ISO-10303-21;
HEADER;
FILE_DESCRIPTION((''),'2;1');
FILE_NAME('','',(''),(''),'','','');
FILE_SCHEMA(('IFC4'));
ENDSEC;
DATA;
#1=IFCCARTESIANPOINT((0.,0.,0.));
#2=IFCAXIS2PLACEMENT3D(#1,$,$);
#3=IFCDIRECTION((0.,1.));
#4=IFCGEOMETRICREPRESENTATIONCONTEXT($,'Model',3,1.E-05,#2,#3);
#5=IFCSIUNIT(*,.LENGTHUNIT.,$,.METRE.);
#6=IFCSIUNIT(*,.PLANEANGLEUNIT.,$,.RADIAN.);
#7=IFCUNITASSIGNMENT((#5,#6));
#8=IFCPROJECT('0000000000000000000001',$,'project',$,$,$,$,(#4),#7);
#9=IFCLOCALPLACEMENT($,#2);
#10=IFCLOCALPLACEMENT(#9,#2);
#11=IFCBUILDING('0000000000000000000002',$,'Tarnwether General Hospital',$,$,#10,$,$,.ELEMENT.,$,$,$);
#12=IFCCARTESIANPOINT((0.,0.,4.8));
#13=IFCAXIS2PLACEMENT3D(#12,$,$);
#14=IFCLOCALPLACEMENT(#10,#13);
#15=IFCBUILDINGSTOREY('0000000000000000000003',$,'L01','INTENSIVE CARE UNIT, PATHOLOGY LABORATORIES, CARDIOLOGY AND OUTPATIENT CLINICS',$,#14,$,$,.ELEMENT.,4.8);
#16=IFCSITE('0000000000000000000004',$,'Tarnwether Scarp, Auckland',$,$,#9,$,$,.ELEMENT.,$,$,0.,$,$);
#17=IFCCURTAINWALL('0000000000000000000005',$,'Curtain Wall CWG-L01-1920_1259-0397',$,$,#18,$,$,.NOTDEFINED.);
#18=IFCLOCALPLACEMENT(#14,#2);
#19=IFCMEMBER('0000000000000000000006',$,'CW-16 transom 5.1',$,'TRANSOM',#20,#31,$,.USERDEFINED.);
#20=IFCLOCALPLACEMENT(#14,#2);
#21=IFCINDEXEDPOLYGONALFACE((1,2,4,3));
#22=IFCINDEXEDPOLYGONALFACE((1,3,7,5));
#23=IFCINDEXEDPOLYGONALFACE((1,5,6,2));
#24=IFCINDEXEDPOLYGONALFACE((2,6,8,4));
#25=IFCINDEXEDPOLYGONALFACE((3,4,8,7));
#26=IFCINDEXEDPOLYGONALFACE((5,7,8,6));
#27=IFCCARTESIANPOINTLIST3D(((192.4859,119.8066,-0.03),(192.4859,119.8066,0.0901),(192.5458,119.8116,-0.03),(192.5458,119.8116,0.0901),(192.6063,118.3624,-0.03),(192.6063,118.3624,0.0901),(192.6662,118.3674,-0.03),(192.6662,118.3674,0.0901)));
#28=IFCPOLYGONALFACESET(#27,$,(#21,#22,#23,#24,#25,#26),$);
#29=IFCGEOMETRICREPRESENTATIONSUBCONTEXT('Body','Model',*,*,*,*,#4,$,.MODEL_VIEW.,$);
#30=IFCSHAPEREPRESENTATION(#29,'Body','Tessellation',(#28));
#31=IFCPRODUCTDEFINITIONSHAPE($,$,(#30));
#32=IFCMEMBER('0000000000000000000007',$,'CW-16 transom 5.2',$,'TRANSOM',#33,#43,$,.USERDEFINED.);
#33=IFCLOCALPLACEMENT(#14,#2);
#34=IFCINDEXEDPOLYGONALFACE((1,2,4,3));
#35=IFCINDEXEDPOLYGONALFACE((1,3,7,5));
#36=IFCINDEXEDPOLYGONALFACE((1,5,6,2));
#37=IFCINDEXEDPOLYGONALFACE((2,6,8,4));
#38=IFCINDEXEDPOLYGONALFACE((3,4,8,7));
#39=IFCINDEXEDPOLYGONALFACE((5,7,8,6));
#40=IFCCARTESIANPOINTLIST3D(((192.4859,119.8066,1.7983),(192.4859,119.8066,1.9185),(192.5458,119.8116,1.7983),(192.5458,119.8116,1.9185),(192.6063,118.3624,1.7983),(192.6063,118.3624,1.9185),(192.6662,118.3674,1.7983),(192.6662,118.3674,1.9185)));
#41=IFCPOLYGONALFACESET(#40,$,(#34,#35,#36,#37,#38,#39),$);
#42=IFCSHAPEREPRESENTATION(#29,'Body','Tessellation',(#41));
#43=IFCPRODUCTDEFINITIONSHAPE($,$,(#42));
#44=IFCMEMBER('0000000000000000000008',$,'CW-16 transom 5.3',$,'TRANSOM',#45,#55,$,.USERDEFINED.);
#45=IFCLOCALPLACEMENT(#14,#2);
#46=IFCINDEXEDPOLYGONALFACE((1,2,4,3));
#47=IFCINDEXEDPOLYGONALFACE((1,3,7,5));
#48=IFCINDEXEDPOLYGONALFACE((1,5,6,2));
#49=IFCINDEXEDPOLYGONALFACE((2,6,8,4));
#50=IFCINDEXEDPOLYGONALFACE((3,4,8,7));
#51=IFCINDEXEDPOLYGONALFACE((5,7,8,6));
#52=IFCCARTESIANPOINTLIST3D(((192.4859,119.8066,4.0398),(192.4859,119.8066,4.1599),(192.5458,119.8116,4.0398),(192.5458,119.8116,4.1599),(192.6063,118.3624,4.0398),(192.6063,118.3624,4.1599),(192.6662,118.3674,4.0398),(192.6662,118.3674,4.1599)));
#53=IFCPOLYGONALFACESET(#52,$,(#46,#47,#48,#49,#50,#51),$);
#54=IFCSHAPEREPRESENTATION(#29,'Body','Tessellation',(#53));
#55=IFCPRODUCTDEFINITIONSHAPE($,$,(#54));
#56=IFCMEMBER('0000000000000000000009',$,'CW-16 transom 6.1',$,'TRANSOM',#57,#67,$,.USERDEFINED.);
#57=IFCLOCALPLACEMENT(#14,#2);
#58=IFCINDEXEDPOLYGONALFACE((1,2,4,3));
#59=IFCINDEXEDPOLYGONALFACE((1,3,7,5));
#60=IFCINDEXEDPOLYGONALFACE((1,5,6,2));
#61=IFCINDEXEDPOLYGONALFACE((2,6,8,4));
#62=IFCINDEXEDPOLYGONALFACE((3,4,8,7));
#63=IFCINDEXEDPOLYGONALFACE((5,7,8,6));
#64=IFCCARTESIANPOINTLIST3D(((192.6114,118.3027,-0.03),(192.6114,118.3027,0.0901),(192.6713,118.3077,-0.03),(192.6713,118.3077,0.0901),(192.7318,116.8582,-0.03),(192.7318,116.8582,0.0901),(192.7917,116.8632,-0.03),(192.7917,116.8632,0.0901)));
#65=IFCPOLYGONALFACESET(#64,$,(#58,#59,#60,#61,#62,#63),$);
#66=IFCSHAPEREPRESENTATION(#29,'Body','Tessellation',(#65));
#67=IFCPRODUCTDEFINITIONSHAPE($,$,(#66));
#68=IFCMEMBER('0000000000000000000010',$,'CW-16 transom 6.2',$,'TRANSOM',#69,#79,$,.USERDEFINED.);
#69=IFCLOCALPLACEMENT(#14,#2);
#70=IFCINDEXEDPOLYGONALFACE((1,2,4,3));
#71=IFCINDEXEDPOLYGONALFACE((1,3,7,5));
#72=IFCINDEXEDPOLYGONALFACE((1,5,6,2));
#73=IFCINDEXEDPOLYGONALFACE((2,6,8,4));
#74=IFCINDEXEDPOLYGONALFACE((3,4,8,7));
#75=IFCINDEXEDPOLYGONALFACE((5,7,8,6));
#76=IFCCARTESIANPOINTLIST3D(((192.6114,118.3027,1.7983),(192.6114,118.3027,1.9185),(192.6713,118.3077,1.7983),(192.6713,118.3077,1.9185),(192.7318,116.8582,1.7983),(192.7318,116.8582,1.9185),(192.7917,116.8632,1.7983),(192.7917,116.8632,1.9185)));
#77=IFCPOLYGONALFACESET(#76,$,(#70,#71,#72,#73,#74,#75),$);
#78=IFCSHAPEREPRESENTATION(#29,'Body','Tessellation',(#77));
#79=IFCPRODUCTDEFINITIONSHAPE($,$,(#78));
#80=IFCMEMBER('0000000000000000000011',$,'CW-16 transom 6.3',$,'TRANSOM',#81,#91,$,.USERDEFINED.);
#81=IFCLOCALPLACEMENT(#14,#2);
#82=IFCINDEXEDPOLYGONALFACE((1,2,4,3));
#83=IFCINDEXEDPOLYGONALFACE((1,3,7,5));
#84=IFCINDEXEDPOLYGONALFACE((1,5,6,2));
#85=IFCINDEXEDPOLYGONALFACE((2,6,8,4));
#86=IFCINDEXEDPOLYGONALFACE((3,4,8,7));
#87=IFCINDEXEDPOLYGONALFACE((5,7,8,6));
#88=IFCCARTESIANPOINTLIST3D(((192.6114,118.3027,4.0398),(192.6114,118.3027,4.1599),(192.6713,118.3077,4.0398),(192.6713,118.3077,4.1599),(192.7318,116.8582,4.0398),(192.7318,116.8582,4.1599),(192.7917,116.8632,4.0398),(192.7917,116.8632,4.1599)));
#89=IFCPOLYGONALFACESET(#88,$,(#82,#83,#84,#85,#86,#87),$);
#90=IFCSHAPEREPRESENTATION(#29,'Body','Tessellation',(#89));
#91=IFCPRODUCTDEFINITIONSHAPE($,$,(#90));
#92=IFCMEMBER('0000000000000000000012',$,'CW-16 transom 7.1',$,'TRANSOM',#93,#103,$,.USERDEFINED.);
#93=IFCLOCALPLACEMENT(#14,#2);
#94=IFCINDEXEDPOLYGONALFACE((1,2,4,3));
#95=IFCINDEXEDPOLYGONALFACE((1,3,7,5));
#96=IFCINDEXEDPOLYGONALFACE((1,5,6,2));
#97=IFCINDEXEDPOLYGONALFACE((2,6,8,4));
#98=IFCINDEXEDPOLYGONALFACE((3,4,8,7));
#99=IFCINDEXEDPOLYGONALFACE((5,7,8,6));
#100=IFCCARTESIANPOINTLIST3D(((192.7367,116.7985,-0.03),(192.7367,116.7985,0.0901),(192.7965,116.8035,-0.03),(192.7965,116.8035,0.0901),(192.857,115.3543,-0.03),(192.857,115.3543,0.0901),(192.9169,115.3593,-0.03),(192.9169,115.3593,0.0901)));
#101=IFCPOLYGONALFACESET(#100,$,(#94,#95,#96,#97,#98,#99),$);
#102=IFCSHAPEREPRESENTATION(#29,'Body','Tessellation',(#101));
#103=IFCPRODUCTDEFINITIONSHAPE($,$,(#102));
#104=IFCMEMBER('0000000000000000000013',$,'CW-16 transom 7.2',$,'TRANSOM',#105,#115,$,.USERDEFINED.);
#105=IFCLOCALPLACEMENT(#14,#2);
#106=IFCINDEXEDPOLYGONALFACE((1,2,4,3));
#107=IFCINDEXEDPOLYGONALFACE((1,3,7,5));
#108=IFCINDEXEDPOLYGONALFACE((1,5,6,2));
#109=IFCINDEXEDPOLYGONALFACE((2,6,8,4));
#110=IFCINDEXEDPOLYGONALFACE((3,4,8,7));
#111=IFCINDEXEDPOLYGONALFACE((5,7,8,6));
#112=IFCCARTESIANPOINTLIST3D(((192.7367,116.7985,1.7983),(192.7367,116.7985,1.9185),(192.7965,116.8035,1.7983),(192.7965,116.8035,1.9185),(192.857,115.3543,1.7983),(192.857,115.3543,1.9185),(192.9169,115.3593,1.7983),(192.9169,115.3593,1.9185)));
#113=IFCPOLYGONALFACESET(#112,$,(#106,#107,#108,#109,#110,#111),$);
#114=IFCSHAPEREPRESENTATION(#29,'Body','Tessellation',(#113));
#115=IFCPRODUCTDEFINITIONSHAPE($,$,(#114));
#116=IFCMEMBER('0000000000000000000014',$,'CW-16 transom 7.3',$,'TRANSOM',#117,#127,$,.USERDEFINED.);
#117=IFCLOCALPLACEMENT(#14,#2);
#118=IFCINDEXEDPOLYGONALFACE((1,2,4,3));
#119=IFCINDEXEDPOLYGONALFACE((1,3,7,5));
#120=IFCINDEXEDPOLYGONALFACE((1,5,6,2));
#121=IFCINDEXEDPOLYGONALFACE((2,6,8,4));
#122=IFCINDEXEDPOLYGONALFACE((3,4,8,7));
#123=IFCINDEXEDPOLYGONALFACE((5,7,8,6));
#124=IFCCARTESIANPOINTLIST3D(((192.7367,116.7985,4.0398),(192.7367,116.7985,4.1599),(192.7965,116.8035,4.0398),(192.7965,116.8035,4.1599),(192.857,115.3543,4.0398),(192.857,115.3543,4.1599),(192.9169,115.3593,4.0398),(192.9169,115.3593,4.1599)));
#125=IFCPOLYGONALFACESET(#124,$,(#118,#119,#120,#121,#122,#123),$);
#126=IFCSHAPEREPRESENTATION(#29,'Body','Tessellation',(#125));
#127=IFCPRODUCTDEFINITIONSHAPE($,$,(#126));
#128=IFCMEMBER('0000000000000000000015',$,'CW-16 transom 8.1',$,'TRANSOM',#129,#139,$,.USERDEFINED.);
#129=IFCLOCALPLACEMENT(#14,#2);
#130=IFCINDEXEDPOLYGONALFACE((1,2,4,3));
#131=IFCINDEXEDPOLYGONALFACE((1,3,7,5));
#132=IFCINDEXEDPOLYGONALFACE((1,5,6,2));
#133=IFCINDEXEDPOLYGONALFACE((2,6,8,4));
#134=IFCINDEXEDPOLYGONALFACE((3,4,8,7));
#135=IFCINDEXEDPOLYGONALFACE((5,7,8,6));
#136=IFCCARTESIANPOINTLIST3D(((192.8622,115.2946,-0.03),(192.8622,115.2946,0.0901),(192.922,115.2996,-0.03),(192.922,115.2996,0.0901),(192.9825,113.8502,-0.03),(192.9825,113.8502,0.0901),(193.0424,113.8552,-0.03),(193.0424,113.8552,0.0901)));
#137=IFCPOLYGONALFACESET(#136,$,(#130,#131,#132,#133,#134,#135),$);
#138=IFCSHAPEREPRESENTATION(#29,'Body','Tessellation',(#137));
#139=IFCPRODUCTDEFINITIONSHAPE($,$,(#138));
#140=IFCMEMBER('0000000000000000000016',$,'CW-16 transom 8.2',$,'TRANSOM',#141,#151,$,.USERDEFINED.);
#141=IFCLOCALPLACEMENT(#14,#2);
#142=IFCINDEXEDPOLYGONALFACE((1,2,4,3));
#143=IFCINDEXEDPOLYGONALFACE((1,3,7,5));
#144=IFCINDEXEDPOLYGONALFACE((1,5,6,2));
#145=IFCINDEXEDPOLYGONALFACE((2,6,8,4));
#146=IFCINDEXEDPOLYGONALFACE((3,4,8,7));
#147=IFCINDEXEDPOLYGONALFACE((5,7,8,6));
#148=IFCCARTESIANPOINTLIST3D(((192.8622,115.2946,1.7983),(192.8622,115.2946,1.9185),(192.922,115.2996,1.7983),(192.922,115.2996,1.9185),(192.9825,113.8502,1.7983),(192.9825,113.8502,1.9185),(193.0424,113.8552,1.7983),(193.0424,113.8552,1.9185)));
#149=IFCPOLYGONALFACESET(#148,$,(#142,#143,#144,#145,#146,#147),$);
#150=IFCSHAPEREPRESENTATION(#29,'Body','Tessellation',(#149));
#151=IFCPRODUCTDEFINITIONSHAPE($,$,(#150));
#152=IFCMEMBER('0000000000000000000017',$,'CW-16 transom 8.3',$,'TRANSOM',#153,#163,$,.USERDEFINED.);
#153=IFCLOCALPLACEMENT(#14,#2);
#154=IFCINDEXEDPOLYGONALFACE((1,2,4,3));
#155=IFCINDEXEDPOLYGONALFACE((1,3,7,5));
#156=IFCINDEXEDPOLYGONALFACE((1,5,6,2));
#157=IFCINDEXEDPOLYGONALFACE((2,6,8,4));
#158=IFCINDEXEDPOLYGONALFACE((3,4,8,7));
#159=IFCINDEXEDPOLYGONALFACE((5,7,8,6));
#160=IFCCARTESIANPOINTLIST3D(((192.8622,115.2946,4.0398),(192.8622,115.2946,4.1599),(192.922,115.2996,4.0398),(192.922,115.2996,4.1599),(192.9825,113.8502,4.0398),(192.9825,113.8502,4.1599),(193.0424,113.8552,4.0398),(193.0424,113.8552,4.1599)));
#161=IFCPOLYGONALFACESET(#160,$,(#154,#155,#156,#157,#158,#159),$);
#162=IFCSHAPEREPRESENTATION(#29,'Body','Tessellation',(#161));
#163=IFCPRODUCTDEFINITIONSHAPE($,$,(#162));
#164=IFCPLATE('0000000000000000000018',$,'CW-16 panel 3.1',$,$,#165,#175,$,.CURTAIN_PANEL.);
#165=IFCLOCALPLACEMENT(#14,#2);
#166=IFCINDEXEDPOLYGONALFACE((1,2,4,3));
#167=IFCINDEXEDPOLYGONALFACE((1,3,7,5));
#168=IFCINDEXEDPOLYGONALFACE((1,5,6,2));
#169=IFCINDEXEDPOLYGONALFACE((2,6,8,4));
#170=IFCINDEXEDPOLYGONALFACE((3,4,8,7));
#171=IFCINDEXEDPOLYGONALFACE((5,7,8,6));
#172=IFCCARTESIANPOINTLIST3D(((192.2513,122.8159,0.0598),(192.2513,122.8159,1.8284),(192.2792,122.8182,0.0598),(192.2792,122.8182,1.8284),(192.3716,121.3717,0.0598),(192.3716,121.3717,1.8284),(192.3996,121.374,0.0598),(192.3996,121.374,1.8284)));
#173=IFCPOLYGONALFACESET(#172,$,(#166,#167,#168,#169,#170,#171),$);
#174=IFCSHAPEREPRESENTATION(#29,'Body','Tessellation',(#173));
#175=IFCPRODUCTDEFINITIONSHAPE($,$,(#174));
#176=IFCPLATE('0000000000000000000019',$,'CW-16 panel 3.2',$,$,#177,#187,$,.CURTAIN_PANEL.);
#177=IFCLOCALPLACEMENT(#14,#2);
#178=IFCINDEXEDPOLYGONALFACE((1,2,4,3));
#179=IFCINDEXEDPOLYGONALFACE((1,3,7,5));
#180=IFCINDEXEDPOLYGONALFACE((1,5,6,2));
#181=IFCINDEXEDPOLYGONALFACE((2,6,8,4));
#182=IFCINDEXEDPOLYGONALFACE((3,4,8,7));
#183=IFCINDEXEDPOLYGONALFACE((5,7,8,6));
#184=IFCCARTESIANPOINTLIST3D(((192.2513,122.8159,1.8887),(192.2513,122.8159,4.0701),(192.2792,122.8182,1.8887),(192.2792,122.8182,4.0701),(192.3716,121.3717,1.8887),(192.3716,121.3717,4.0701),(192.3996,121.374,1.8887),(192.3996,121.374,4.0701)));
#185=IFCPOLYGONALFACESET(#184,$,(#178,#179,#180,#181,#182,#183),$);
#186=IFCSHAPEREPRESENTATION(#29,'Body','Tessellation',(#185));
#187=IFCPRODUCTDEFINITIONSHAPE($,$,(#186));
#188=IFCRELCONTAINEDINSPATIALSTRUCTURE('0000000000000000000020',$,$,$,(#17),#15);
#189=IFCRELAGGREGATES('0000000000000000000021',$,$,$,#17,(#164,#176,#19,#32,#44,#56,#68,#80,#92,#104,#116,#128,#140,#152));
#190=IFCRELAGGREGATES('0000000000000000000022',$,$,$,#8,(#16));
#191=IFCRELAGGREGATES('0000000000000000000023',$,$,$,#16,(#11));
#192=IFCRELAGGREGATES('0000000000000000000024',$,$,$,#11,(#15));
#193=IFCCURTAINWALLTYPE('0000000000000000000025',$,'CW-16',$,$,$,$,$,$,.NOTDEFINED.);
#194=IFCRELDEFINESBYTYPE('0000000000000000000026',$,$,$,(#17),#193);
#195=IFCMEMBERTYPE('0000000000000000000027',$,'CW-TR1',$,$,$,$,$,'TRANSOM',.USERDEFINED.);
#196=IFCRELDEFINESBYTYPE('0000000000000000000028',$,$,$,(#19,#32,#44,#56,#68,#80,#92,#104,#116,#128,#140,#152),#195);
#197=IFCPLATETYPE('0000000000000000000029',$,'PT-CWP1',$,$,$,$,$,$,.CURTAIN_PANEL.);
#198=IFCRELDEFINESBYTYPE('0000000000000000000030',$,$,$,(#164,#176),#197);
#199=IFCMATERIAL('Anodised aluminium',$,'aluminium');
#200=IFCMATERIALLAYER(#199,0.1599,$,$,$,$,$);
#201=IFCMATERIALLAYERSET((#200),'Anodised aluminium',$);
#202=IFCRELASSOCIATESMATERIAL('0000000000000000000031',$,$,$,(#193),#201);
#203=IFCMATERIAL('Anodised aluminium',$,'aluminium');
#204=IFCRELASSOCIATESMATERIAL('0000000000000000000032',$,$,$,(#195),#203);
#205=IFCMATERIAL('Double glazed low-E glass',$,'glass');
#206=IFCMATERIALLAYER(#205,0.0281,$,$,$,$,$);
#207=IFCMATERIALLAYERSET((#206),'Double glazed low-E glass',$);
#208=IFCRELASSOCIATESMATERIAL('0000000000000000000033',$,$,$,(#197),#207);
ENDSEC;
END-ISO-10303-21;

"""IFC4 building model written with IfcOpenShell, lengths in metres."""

from ifc_helpers import new_model, si_unit, direction, frame, origin, origin_2d, place, context, subcontext, project, spatial, rectangle, extrude, material, layer, layer_set, material_profile, profile_set, type_object, element, aggregate, save


model = new_model("IFC4")

# Units and contexts
model_context = context("Model", 3, precision=1e-05, world=origin(), true_north=direction((0.0, 1.0)))
body_context = subcontext(model_context, "Body", "Model", "MODEL_VIEW")
ifc_project = project(units=[si_unit("LENGTHUNIT", "METRE"), si_unit("PLANEANGLEUNIT", "RADIAN")], contexts=[model_context])

# Site, building, storey
site_placement = place(None, origin())
site = spatial("IfcSite", under=ifc_project, at=site_placement, Name="Tarnwether Scarp, Auckland", CompositionType="ELEMENT", RefElevation=0.0)
building_placement = place(site_placement, origin())
building = spatial("IfcBuilding", under=site, at=building_placement, Name="Tarnwether General Hospital", CompositionType="ELEMENT")
storey_placement = place(building_placement, frame((0.0, 0.0, 4.8)))
storey = spatial("IfcBuildingStorey", under=building, at=storey_placement, Name="L01", Description="INTENSIVE CARE UNIT, PATHOLOGY LABORATORIES, CARDIOLOGY AND OUTPATIENT CLINICS", CompositionType="ELEMENT", Elevation=4.8)

# Curtain wall, members, plates
ifc_material_1 = material(Name="Anodised aluminium", Category="aluminium")
ifc_layer_1 = layer(ifc_material_1, 0.1599)
ifc_layer_set_1 = layer_set([ifc_layer_1], Name="Anodised aluminium")
curtain_wall_type = type_object("IfcCurtainWallType", Name="CW-16", PredefinedType="NOTDEFINED", material=ifc_layer_set_1)
curtain_wall_placement = place(storey_placement, origin())
curtain_wall = element("IfcCurtainWall", 1, at=curtain_wall_placement, inside=storey, type_object=curtain_wall_type, Name="Curtain Wall CWG-L01-1920_1259-0397", PredefinedType="NOTDEFINED")
ifc_material_2 = material(Name="Anodised aluminium", Category="aluminium")
ifc_material_profile_1 = material_profile(ifc_material_2, rectangle(XDim=0.0601, YDim=0.1201, at=origin_2d()), Name="ALU-TRN-60x120")
ifc_profile_set_1 = profile_set([ifc_material_profile_1], Name="Anodised aluminium")
member_type_1 = type_object("IfcMemberType", Name="CW-TR1", ElementType="TRANSOM", PredefinedType="USERDEFINED", material=ifc_profile_set_1)
member_1_placement = place(storey_placement, frame((192.5159, 119.8091, 0.03), z_axis=(0.083059, -0.996545, 0.0), x_axis=(0.996545, 0.083059, 0.0)))
member_1 = element("IfcMember", 2, at=member_1_placement, type_object=member_type_1, Name="CW-16 transom 5.1", ObjectType="TRANSOM", PredefinedType="USERDEFINED", context=body_context, shape_type="SweptSolid", body=[
    extrude(rectangle(XDim=0.0601, YDim=0.1201, at=origin_2d()), origin(), (0.0, 0.0, 1.0), 1.4492),
])
member_2_placement = place(storey_placement, frame((192.5159, 119.8091, 1.8584), z_axis=(0.083059, -0.996545, 0.0), x_axis=(0.996545, 0.083059, 0.0)))
member_2 = element("IfcMember", 3, at=member_2_placement, type_object=member_type_1, Name="CW-16 transom 5.2", ObjectType="TRANSOM", PredefinedType="USERDEFINED", context=body_context, shape_type="SweptSolid", body=[
    extrude(rectangle(XDim=0.0601, YDim=0.1201, at=origin_2d()), origin(), (0.0, 0.0, 1.0), 1.4492),
])
member_3_placement = place(storey_placement, frame((192.5159, 119.8091, 4.0999), z_axis=(0.083059, -0.996545, 0.0), x_axis=(0.996545, 0.083059, 0.0)))
member_3 = element("IfcMember", 4, at=member_3_placement, type_object=member_type_1, Name="CW-16 transom 5.3", ObjectType="TRANSOM", PredefinedType="USERDEFINED", context=body_context, shape_type="SweptSolid", body=[
    extrude(rectangle(XDim=0.0601, YDim=0.1201, at=origin_2d()), origin(), (0.0, 0.0, 1.0), 1.4492),
])
member_4_placement = place(storey_placement, frame((192.6414, 118.3052, 0.03), z_axis=(0.083045, -0.996546, 0.0), x_axis=(0.996546, 0.083045, 0.0)))
member_4 = element("IfcMember", 5, at=member_4_placement, type_object=member_type_1, Name="CW-16 transom 6.1", ObjectType="TRANSOM", PredefinedType="USERDEFINED", context=body_context, shape_type="SweptSolid", body=[
    extrude(rectangle(XDim=0.0601, YDim=0.1201, at=origin_2d()), origin(), (0.0, 0.0, 1.0), 1.4495),
])
member_5_placement = place(storey_placement, frame((192.6414, 118.3052, 1.8584), z_axis=(0.083045, -0.996546, 0.0), x_axis=(0.996546, 0.083045, 0.0)))
member_5 = element("IfcMember", 6, at=member_5_placement, type_object=member_type_1, Name="CW-16 transom 6.2", ObjectType="TRANSOM", PredefinedType="USERDEFINED", context=body_context, shape_type="SweptSolid", body=[
    extrude(rectangle(XDim=0.0601, YDim=0.1201, at=origin_2d()), origin(), (0.0, 0.0, 1.0), 1.4495),
])
member_6_placement = place(storey_placement, frame((192.6414, 118.3052, 4.0999), z_axis=(0.083045, -0.996546, 0.0), x_axis=(0.996546, 0.083045, 0.0)))
member_6 = element("IfcMember", 7, at=member_6_placement, type_object=member_type_1, Name="CW-16 transom 6.3", ObjectType="TRANSOM", PredefinedType="USERDEFINED", context=body_context, shape_type="SweptSolid", body=[
    extrude(rectangle(XDim=0.0601, YDim=0.1201, at=origin_2d()), origin(), (0.0, 0.0, 1.0), 1.4495),
])
member_7_placement = place(storey_placement, frame((192.7666, 116.801, 0.03), z_axis=(0.083059, -0.996545, 0.0), x_axis=(0.996545, 0.083059, 0.0)))
member_7 = element("IfcMember", 8, at=member_7_placement, type_object=member_type_1, Name="CW-16 transom 7.1", ObjectType="TRANSOM", PredefinedType="USERDEFINED", context=body_context, shape_type="SweptSolid", body=[
    extrude(rectangle(XDim=0.0601, YDim=0.1201, at=origin_2d()), origin(), (0.0, 0.0, 1.0), 1.4492),
])
member_8_placement = place(storey_placement, frame((192.7666, 116.801, 1.8584), z_axis=(0.083059, -0.996545, 0.0), x_axis=(0.996545, 0.083059, 0.0)))
member_8 = element("IfcMember", 9, at=member_8_placement, type_object=member_type_1, Name="CW-16 transom 7.2", ObjectType="TRANSOM", PredefinedType="USERDEFINED", context=body_context, shape_type="SweptSolid", body=[
    extrude(rectangle(XDim=0.0601, YDim=0.1201, at=origin_2d()), origin(), (0.0, 0.0, 1.0), 1.4492),
])
member_9_placement = place(storey_placement, frame((192.7666, 116.801, 4.0999), z_axis=(0.083059, -0.996545, 0.0), x_axis=(0.996545, 0.083059, 0.0)))
member_9 = element("IfcMember", 10, at=member_9_placement, type_object=member_type_1, Name="CW-16 transom 7.3", ObjectType="TRANSOM", PredefinedType="USERDEFINED", context=body_context, shape_type="SweptSolid", body=[
    extrude(rectangle(XDim=0.0601, YDim=0.1201, at=origin_2d()), origin(), (0.0, 0.0, 1.0), 1.4492),
])
member_10_placement = place(storey_placement, frame((192.8921, 115.2971, 0.03), z_axis=(0.083045, -0.996546, 0.0), x_axis=(0.996546, 0.083045, 0.0)))
member_10 = element("IfcMember", 11, at=member_10_placement, type_object=member_type_1, Name="CW-16 transom 8.1", ObjectType="TRANSOM", PredefinedType="USERDEFINED", context=body_context, shape_type="SweptSolid", body=[
    extrude(rectangle(XDim=0.0601, YDim=0.1201, at=origin_2d()), origin(), (0.0, 0.0, 1.0), 1.4495),
])
member_11_placement = place(storey_placement, frame((192.8921, 115.2971, 1.8584), z_axis=(0.083045, -0.996546, 0.0), x_axis=(0.996546, 0.083045, 0.0)))
member_11 = element("IfcMember", 12, at=member_11_placement, type_object=member_type_1, Name="CW-16 transom 8.2", ObjectType="TRANSOM", PredefinedType="USERDEFINED", context=body_context, shape_type="SweptSolid", body=[
    extrude(rectangle(XDim=0.0601, YDim=0.1201, at=origin_2d()), origin(), (0.0, 0.0, 1.0), 1.4495),
])
member_12_placement = place(storey_placement, frame((192.8921, 115.2971, 4.0999), z_axis=(0.083045, -0.996546, 0.0), x_axis=(0.996546, 0.083045, 0.0)))
member_12 = element("IfcMember", 13, at=member_12_placement, type_object=member_type_1, Name="CW-16 transom 8.3", ObjectType="TRANSOM", PredefinedType="USERDEFINED", context=body_context, shape_type="SweptSolid", body=[
    extrude(rectangle(XDim=0.0601, YDim=0.1201, at=origin_2d()), origin(), (0.0, 0.0, 1.0), 1.4495),
])
ifc_material_3 = material(Name="Double glazed low-E glass", Category="glass")
ifc_layer_2 = layer(ifc_material_3, 0.0281)
ifc_layer_set_2 = layer_set([ifc_layer_2], Name="Double glazed low-E glass")
plate_type = type_object("IfcPlateType", Name="PT-CWP1", PredefinedType="CURTAIN_PANEL", material=ifc_layer_set_2)
plate_1_placement = place(storey_placement, frame((192.3254, 122.095, 0.0598), z_axis=(0.0, 0.0, 1.0), x_axis=(0.083065, -0.996544, 0.0)))
plate_1 = element("IfcPlate", 14, at=plate_1_placement, type_object=plate_type, Name="CW-16 panel 3.1", PredefinedType="CURTAIN_PANEL", context=body_context, shape_type="SweptSolid", body=[
    extrude(rectangle(XDim=1.4492, YDim=0.0281, at=origin_2d()), origin(), (0.0, 0.0, 1.0), 1.7686),
])
plate_2_placement = place(storey_placement, frame((192.3254, 122.095, 1.8887), z_axis=(0.0, 0.0, 1.0), x_axis=(0.083065, -0.996544, 0.0)))
plate_2 = element("IfcPlate", 15, at=plate_2_placement, type_object=plate_type, Name="CW-16 panel 3.2", PredefinedType="CURTAIN_PANEL", context=body_context, shape_type="SweptSolid", body=[
    extrude(rectangle(XDim=1.4492, YDim=0.0281, at=origin_2d()), origin(), (0.0, 0.0, 1.0), 2.1814),
])
aggregate(curtain_wall, [plate_1, plate_2, member_1, member_2, member_3, member_4, member_5, member_6, member_7, member_8, member_9, member_10, member_11, member_12])

save(model, "model.ifc")
